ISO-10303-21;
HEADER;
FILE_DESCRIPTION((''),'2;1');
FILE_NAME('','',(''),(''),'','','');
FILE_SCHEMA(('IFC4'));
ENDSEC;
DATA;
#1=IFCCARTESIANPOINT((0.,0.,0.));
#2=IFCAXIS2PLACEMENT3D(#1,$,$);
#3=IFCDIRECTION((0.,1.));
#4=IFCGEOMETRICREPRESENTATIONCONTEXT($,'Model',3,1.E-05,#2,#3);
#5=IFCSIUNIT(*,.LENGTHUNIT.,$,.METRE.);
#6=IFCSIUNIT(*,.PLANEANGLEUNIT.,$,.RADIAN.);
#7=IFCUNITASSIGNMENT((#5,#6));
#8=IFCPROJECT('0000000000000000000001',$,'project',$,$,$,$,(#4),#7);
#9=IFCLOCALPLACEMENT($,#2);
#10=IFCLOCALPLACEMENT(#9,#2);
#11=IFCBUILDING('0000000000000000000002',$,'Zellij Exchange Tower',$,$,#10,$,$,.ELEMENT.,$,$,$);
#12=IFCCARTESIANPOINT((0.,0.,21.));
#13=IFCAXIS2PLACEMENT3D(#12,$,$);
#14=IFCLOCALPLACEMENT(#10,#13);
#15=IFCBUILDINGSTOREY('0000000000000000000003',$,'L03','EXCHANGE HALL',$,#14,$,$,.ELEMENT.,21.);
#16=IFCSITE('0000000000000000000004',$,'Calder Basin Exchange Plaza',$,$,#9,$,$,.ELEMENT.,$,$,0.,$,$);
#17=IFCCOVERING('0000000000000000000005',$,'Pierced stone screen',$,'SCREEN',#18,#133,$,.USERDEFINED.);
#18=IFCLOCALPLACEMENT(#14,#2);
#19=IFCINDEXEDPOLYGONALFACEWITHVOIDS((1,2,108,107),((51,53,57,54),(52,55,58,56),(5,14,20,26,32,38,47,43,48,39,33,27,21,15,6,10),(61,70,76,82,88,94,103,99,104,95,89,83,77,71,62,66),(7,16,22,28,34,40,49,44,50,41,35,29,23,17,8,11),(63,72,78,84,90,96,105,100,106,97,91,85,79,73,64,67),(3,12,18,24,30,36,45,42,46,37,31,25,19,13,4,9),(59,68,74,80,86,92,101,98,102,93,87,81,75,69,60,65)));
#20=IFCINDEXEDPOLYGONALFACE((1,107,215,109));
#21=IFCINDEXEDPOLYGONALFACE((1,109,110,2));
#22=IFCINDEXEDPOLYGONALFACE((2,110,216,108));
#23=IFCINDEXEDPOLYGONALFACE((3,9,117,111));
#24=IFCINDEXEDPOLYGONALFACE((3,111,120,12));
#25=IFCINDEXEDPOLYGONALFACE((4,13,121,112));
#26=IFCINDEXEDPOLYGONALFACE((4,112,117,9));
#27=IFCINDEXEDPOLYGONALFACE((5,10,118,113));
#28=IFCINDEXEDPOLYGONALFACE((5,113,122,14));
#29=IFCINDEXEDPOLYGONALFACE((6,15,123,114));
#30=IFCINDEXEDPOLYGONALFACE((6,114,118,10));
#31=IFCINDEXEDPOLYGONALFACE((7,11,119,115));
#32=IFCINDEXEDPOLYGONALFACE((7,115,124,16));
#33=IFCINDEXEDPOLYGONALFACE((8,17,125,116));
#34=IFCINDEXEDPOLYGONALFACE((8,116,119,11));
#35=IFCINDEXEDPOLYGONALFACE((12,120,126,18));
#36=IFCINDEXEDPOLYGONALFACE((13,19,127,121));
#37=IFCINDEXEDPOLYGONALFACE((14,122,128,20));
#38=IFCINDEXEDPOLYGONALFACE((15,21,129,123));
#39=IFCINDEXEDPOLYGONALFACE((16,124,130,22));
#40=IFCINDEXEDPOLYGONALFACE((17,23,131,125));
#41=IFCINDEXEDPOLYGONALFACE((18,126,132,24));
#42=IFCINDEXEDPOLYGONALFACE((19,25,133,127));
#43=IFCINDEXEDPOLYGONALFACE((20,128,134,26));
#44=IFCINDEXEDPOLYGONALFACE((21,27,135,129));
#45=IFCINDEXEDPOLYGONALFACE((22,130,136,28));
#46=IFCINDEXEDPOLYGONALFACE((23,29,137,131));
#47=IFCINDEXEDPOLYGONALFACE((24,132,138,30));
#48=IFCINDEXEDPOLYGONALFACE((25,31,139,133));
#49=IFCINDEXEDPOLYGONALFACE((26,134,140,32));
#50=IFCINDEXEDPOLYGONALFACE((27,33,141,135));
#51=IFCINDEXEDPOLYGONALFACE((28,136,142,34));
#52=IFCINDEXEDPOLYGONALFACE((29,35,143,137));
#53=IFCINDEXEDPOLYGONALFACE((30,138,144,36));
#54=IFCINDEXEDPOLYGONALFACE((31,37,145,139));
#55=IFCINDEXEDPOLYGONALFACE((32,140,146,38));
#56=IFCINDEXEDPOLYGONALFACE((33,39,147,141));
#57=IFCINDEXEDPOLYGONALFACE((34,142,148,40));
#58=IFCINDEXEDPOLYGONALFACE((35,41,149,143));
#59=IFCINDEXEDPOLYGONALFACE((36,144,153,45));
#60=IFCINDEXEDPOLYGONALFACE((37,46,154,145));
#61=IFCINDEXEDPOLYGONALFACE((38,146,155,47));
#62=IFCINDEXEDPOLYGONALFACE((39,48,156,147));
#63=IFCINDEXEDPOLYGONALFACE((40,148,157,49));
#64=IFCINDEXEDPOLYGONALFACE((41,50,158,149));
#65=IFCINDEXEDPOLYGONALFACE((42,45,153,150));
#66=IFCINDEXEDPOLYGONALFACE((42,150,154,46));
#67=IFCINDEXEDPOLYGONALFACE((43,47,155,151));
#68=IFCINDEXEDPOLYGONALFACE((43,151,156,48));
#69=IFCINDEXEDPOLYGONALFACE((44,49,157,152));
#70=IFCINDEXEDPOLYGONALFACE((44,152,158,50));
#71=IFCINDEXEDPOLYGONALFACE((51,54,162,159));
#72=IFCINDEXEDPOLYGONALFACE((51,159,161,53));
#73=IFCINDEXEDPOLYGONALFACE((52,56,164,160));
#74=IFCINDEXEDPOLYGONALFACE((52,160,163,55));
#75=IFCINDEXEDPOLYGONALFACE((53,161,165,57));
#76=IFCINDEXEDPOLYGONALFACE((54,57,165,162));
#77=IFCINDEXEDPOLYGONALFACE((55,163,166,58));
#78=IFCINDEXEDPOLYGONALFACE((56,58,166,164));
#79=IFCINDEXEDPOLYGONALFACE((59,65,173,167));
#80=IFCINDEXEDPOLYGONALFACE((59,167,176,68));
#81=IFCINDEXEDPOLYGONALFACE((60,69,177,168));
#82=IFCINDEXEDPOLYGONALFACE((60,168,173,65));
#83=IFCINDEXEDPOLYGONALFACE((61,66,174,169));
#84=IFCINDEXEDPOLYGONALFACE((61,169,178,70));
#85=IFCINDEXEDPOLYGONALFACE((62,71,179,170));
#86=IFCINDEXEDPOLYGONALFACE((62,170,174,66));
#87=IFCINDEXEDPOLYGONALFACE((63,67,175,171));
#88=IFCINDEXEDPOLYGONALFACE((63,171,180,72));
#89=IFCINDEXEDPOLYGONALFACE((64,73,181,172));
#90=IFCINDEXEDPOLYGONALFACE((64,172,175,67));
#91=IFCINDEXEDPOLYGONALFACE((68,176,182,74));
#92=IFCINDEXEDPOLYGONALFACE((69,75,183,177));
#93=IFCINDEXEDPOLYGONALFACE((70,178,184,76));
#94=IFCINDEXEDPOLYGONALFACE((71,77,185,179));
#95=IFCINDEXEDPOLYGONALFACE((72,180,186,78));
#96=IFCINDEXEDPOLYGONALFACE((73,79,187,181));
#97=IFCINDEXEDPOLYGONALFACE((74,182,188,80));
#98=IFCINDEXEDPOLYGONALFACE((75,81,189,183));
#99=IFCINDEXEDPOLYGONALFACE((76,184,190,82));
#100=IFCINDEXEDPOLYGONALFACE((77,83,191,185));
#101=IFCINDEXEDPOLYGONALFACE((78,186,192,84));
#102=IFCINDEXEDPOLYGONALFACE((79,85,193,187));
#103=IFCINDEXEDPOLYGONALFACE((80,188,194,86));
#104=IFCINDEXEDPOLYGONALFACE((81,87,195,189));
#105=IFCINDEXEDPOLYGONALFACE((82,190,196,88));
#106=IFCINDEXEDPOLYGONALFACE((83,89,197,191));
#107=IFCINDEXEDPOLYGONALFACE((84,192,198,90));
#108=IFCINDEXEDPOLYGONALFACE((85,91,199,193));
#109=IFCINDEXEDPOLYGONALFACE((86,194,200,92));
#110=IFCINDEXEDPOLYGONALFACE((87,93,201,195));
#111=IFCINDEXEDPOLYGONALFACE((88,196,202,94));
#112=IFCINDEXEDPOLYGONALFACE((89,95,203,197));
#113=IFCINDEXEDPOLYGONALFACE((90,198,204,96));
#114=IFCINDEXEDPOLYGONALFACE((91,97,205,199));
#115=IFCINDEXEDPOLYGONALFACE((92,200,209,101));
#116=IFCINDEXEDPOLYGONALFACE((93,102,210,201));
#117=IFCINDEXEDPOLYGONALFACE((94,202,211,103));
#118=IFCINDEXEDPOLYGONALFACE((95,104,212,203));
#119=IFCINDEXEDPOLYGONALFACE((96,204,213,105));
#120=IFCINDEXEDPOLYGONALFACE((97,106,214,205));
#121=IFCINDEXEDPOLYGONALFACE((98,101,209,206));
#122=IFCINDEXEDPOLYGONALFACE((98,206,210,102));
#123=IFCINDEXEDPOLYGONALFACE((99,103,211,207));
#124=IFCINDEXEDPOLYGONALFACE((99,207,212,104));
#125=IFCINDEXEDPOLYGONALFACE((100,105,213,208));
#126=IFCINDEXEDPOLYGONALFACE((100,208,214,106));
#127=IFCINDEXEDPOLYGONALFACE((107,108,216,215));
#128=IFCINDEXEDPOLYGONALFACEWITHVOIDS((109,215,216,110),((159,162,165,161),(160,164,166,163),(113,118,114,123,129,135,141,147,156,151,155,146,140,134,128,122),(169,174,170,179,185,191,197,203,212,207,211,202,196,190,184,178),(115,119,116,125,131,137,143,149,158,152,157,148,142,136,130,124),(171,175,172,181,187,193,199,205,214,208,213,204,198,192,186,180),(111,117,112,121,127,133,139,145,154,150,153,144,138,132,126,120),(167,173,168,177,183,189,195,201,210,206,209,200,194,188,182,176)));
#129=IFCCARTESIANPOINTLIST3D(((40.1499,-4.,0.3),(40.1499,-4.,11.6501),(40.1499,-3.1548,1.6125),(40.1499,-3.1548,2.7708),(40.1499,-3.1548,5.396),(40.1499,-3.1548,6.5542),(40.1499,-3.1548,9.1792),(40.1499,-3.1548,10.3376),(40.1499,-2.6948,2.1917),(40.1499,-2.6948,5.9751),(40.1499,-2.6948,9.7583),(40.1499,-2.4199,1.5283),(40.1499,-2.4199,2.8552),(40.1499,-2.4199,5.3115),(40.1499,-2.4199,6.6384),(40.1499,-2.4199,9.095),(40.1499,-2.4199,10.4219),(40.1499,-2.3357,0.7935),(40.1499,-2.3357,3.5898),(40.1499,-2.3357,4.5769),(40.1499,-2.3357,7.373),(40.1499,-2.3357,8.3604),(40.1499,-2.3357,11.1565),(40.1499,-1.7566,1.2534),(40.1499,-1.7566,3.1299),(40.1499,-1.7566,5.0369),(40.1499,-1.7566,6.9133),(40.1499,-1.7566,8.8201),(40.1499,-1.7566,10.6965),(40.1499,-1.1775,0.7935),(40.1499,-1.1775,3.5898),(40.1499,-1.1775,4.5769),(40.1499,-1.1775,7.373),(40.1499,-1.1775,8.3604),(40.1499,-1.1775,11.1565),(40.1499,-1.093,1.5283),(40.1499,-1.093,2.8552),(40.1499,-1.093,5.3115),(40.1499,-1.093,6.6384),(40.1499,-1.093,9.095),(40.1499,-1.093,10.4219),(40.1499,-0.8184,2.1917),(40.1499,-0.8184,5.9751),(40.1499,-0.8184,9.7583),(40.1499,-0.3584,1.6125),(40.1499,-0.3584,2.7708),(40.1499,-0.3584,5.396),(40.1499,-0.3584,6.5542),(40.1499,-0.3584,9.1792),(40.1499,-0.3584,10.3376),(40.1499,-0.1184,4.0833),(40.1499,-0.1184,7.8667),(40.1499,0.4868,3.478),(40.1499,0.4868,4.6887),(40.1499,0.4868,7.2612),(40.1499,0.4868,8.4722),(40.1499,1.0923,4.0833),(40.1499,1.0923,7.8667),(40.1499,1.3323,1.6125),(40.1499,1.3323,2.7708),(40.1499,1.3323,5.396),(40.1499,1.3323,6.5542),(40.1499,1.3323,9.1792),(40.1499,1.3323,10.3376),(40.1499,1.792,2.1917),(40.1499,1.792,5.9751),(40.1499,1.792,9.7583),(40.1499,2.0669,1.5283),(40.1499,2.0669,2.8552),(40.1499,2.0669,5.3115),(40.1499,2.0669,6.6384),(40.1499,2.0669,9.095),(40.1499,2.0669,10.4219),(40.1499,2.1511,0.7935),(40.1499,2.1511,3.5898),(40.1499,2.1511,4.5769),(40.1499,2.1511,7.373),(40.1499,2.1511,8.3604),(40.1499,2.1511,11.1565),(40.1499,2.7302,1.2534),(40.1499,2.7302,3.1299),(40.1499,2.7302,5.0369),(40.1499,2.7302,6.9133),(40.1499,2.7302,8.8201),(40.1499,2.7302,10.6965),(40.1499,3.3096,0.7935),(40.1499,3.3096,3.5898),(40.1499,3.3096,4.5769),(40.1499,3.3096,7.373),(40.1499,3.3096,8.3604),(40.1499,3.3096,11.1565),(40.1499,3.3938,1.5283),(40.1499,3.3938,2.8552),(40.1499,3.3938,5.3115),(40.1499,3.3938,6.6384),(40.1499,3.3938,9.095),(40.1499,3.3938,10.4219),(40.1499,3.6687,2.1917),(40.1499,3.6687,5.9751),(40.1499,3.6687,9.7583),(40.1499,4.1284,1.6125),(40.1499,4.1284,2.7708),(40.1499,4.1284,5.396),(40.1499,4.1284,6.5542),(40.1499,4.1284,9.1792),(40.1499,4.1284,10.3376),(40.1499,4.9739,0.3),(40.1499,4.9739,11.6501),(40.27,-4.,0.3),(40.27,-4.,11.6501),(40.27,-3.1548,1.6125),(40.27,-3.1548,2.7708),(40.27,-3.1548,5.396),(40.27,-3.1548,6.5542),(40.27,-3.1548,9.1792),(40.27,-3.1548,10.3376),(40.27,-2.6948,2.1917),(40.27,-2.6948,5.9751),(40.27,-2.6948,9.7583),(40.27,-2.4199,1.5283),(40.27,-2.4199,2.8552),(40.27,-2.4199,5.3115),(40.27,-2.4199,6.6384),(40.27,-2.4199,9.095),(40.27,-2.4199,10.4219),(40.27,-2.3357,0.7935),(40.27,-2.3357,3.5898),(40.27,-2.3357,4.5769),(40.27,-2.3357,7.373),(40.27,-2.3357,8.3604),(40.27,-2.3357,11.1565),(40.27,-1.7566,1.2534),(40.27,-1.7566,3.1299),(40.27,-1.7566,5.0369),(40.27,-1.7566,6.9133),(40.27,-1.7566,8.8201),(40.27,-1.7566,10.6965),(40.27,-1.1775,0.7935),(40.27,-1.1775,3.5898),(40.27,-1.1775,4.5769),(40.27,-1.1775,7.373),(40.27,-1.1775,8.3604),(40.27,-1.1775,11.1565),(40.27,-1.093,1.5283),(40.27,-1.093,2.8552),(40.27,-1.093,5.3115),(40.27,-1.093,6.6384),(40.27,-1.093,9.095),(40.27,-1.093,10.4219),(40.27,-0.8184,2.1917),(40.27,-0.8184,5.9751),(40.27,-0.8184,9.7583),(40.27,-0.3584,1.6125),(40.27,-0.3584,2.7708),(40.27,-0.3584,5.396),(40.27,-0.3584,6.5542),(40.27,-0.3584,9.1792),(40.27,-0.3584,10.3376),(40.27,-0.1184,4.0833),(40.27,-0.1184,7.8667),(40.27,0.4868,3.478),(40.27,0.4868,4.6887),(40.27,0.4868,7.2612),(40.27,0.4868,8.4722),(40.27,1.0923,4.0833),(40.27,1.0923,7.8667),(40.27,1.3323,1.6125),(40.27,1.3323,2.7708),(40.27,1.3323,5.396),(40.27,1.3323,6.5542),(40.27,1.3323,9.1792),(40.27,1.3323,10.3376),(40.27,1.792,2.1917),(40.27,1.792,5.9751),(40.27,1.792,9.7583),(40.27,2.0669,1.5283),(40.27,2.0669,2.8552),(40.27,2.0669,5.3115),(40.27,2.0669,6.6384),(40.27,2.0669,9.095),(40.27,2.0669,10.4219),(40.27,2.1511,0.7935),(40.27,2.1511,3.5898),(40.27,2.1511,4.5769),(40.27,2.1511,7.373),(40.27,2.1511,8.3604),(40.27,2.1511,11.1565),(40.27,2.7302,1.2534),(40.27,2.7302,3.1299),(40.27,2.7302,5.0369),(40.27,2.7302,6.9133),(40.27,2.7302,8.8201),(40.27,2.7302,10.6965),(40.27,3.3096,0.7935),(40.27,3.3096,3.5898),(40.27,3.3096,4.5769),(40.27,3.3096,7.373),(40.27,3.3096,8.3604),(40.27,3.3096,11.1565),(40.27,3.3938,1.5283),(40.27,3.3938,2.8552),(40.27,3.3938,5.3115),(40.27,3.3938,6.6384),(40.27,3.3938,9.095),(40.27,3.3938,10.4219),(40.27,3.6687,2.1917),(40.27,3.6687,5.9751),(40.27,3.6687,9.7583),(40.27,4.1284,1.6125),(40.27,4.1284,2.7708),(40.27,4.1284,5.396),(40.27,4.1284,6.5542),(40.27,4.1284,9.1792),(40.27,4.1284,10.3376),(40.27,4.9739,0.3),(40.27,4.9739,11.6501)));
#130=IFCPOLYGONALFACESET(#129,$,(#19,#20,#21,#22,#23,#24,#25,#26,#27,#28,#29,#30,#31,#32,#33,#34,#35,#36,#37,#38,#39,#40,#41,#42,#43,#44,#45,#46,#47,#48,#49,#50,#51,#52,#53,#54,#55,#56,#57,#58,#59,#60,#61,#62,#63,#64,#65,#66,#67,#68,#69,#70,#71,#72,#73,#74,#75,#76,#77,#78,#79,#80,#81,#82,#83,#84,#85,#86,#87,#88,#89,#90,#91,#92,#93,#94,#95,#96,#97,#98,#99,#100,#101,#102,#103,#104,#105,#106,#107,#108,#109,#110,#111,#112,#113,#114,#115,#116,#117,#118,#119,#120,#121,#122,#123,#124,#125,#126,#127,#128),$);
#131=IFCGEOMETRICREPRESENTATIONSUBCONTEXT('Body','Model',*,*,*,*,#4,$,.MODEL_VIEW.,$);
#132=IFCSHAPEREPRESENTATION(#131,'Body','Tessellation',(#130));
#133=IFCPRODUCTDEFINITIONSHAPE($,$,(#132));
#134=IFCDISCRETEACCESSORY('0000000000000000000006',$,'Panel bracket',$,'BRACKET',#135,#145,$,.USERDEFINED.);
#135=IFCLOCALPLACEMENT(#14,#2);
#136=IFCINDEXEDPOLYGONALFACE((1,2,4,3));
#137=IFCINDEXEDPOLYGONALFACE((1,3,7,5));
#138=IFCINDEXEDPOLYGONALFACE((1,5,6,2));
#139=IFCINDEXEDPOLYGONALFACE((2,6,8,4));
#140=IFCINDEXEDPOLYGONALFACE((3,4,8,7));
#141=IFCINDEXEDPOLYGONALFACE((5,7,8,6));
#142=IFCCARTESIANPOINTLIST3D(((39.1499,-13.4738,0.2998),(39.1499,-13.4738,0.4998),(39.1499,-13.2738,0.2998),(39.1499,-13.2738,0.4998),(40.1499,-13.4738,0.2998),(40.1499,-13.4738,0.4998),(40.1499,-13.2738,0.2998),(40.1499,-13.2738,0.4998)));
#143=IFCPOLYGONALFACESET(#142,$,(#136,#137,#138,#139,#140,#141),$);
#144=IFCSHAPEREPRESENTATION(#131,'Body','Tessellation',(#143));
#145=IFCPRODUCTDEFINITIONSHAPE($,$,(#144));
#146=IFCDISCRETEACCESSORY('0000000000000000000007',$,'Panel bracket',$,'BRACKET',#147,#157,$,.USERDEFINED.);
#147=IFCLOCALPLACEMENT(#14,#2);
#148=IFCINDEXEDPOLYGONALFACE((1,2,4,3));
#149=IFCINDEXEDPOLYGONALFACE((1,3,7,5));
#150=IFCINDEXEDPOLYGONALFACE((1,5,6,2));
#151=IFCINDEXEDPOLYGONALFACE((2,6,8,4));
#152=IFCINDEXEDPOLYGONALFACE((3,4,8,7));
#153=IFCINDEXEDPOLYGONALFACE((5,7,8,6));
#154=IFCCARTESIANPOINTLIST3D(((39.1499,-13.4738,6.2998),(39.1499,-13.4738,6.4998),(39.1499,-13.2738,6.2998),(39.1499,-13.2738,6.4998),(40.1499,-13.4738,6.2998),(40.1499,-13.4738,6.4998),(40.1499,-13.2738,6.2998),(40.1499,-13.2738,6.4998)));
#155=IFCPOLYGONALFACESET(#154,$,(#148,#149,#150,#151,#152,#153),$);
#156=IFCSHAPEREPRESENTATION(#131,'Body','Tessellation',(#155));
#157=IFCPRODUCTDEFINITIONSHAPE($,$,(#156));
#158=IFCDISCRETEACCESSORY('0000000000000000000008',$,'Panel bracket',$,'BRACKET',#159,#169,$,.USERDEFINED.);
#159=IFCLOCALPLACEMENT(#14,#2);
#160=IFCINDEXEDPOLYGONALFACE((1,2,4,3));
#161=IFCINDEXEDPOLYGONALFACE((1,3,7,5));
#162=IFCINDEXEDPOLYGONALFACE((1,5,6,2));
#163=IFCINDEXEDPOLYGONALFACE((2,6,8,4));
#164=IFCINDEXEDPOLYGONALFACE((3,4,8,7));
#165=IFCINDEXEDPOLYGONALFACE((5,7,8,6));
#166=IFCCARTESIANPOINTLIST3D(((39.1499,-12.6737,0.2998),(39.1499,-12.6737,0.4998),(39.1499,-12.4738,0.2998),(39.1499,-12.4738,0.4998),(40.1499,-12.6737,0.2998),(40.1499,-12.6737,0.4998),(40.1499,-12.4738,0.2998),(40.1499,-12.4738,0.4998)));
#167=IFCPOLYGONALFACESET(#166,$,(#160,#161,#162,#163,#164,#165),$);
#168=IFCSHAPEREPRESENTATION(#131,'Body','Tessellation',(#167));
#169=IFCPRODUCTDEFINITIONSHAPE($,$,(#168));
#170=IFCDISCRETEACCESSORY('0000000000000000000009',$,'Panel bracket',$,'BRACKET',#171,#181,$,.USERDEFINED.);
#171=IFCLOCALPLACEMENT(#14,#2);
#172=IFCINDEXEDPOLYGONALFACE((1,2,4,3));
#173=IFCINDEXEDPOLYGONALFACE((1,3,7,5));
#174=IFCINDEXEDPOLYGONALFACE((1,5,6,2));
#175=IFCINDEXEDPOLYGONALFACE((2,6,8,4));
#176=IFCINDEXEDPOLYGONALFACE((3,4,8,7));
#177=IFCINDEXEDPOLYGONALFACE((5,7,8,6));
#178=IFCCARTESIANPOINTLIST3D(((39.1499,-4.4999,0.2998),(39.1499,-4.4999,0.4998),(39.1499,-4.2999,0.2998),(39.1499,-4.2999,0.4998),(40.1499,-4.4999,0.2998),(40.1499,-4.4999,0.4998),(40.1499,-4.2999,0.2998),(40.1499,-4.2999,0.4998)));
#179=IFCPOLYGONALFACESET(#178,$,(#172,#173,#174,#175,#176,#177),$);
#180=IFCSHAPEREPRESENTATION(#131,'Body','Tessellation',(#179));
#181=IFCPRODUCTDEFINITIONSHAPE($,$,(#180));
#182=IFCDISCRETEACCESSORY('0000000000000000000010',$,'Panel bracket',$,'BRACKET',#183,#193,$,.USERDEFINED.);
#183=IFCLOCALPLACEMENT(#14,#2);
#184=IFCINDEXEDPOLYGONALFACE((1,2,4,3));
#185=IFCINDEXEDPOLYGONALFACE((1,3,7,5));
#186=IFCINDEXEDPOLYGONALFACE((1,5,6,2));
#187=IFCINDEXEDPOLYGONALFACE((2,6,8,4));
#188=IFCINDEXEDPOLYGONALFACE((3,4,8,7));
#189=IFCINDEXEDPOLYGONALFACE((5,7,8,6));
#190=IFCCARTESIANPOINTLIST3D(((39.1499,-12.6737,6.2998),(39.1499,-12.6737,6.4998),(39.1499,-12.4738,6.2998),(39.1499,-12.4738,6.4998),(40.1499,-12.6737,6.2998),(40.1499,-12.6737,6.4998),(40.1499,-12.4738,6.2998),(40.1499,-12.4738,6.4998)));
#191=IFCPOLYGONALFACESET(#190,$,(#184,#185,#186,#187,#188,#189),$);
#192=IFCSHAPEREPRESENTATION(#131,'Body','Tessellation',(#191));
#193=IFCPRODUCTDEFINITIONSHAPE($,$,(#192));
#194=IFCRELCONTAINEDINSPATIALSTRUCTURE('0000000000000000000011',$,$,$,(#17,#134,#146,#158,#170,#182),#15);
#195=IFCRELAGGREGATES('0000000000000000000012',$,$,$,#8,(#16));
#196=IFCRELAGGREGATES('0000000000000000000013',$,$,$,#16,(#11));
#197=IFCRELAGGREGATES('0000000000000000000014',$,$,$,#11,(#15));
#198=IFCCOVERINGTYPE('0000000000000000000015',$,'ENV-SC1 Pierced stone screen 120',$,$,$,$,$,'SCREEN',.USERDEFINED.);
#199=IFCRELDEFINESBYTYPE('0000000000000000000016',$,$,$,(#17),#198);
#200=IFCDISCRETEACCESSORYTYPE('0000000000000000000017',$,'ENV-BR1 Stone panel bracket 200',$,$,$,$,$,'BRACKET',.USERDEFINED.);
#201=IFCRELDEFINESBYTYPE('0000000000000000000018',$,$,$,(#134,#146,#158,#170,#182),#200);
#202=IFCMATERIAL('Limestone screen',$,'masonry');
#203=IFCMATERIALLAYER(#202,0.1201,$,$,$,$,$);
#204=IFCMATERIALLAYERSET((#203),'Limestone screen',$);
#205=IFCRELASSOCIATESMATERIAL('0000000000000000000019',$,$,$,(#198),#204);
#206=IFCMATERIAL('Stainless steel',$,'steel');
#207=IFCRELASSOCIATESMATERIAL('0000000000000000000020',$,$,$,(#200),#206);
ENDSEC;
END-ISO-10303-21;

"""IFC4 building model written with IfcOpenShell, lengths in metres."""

from ifc_helpers import new_model, si_unit, direction, frame, origin, origin_2d, place, context, subcontext, project, spatial, polyline, rectangle, outline, extrude, material, layer, layer_set, type_object, element, save


model = new_model("IFC4")

# Units and contexts
model_context = context("Model", 3, precision=1e-05, world=origin(), true_north=direction((0.0, 1.0)))
body_context = subcontext(model_context, "Body", "Model", "MODEL_VIEW")
ifc_project = project(units=[si_unit("LENGTHUNIT", "METRE"), si_unit("PLANEANGLEUNIT", "RADIAN")], contexts=[model_context])

# Site, building, storey
site_placement = place(None, origin())
site = spatial("IfcSite", under=ifc_project, at=site_placement, Name="Calder Basin Exchange Plaza", CompositionType="ELEMENT", RefElevation=0.0)
building_placement = place(site_placement, origin())
building = spatial("IfcBuilding", under=site, at=building_placement, Name="Zellij Exchange Tower", CompositionType="ELEMENT")
storey_placement = place(building_placement, frame((0.0, 0.0, 21.0)))
storey = spatial("IfcBuildingStorey", under=building, at=storey_placement, Name="L03", Description="EXCHANGE HALL", CompositionType="ELEMENT", Elevation=21.0)

# Shared definitions
ifc_material_1 = material(Name="Stainless steel", Category="steel")

# Covering
ifc_material_2 = material(Name="Limestone screen", Category="masonry")
ifc_layer_1 = layer(ifc_material_2, 0.1201)
ifc_layer_set_1 = layer_set([ifc_layer_1], Name="Limestone screen")
covering_type = type_object("IfcCoveringType", Name="ENV-SC1 Pierced stone screen 120", ElementType="SCREEN", PredefinedType="USERDEFINED", material=ifc_layer_set_1)
covering_1_placement = place(storey_placement, frame((40.21, -4.0, 0.3), z_axis=(0.0, 0.0, 1.0), x_axis=(0.0, 1.0, 0.0)))
element("IfcCovering", 1, at=covering_1_placement, inside=storey, type_object=covering_type, Name="Pierced stone screen", ObjectType="SCREEN", PredefinedType="USERDEFINED", context=body_context, shape_type="SweptSolid", body=[
    extrude(outline(polyline([(0.0, 0.0), (8.9739, 0.0), (8.9739, 11.3501), (0.0, 11.3501), (0.0, 0.0)]), holes=[polyline([(3.6416, 2.4707), (2.907, 2.5552), (2.8225, 3.2898), (2.2434, 2.8298), (1.6643, 3.2898), (1.5801, 2.5552), (0.8452, 2.4707), (1.3052, 1.8916), (0.8452, 1.3125), (1.5801, 1.2283), (1.6643, 0.4934), (2.2434, 0.9534), (2.8225, 0.4934), (2.907, 1.2283), (3.6416, 1.3125), (3.1816, 1.8916), (3.6416, 2.4707)]), polyline([(3.6416, 6.2542), (2.907, 6.3384), (2.8225, 7.073), (2.2434, 6.6133), (1.6643, 7.073), (1.5801, 6.3384), (0.8452, 6.2542), (1.3052, 5.675), (0.8452, 5.0959), (1.5801, 5.0115), (1.6643, 4.2769), (2.2434, 4.7368), (2.8225, 4.2769), (2.907, 5.0115), (3.6416, 5.0959), (3.1816, 5.675), (3.6416, 6.2542)]), polyline([(3.6416, 10.0376), (2.907, 10.1218), (2.8225, 10.8564), (2.2434, 10.3965), (1.6643, 10.8564), (1.5801, 10.1218), (0.8452, 10.0376), (1.3052, 9.4583), (0.8452, 8.8792), (1.5801, 8.7949), (1.6643, 8.0603), (2.2434, 8.52), (2.8225, 8.0603), (2.907, 8.7949), (3.6416, 8.8792), (3.1816, 9.4583), (3.6416, 10.0376)]), polyline([(8.1284, 2.4707), (7.3938, 2.5552), (7.3096, 3.2898), (6.7302, 2.8298), (6.1511, 3.2898), (6.0669, 2.5552), (5.3323, 2.4707), (5.792, 1.8916), (5.3323, 1.3125), (6.0669, 1.2283), (6.1511, 0.4934), (6.7302, 0.9534), (7.3096, 0.4934), (7.3938, 1.2283), (8.1284, 1.3125), (7.6687, 1.8916), (8.1284, 2.4707)]), polyline([(8.1284, 6.2542), (7.3938, 6.3384), (7.3096, 7.073), (6.7302, 6.6133), (6.1511, 7.073), (6.0669, 6.3384), (5.3323, 6.2542), (5.792, 5.675), (5.3323, 5.0959), (6.0669, 5.0115), (6.1511, 4.2769), (6.7302, 4.7368), (7.3096, 4.2769), (7.3938, 5.0115), (8.1284, 5.0959), (7.6687, 5.675), (8.1284, 6.2542)]), polyline([(8.1284, 10.0376), (7.3938, 10.1218), (7.3096, 10.8564), (6.7302, 10.3965), (6.1511, 10.8564), (6.0669, 10.1218), (5.3323, 10.0376), (5.792, 9.4583), (5.3323, 8.8792), (6.0669, 8.7949), (6.1511, 8.0603), (6.7302, 8.52), (7.3096, 8.0603), (7.3938, 8.7949), (8.1284, 8.8792), (7.6687, 9.4583), (8.1284, 10.0376)]), polyline([(5.0923, 3.7832), (4.4868, 4.3887), (3.8816, 3.7832), (4.4868, 3.178), (5.0923, 3.7832)]), polyline([(5.0923, 7.5667), (4.4868, 8.1721), (3.8816, 7.5667), (4.4868, 6.9612), (5.0923, 7.5667)])]), frame((0.0, 0.0601, 0.0), z_axis=(0.0, -1.0, 0.0), x_axis=(1.0, 0.0, 0.0)), (0.0, 0.0, 1.0), 0.1201),
])

# Discrete accessories
discrete_accessory_type = type_object("IfcDiscreteAccessoryType", Name="ENV-BR1 Stone panel bracket 200", ElementType="BRACKET", PredefinedType="USERDEFINED", material=ifc_material_1)
for number, where, z_axis, x_axis, name in (
    (2, (39.6499, -13.3738, 0.2998), (0.0, 0.0, 1.0), (0.0, 1.0, 0.0), "Panel bracket"),
    (3, (39.6499, -13.3738, 6.2998), (0.0, 0.0, 1.0), (0.0, 1.0, 0.0), "Panel bracket"),
    (4, (39.6499, -12.5737, 0.2998), (0.0, 0.0, 1.0), (0.0, 1.0, 0.0), "Panel bracket"),
    (5, (39.6499, -4.3999, 0.2998), (0.0, 0.0, 1.0), (0.0, 1.0, 0.0), "Panel bracket"),
    (6, (39.6499, -12.5737, 6.2998), (0.0, 0.0, 1.0), (0.0, 1.0, 0.0), "Panel bracket"),
):
    element("IfcDiscreteAccessory", number, at=place(storey_placement, frame(where, z_axis=z_axis, x_axis=x_axis)), inside=storey, type_object=discrete_accessory_type, Name=name, ObjectType="BRACKET", PredefinedType="USERDEFINED", context=body_context, shape_type="SweptSolid", body=[
        extrude(rectangle(XDim=0.2, YDim=1.0, at=origin_2d()), origin(), (0.0, 0.0, 1.0), 0.2),
    ])

save(model, "model.ifc")
